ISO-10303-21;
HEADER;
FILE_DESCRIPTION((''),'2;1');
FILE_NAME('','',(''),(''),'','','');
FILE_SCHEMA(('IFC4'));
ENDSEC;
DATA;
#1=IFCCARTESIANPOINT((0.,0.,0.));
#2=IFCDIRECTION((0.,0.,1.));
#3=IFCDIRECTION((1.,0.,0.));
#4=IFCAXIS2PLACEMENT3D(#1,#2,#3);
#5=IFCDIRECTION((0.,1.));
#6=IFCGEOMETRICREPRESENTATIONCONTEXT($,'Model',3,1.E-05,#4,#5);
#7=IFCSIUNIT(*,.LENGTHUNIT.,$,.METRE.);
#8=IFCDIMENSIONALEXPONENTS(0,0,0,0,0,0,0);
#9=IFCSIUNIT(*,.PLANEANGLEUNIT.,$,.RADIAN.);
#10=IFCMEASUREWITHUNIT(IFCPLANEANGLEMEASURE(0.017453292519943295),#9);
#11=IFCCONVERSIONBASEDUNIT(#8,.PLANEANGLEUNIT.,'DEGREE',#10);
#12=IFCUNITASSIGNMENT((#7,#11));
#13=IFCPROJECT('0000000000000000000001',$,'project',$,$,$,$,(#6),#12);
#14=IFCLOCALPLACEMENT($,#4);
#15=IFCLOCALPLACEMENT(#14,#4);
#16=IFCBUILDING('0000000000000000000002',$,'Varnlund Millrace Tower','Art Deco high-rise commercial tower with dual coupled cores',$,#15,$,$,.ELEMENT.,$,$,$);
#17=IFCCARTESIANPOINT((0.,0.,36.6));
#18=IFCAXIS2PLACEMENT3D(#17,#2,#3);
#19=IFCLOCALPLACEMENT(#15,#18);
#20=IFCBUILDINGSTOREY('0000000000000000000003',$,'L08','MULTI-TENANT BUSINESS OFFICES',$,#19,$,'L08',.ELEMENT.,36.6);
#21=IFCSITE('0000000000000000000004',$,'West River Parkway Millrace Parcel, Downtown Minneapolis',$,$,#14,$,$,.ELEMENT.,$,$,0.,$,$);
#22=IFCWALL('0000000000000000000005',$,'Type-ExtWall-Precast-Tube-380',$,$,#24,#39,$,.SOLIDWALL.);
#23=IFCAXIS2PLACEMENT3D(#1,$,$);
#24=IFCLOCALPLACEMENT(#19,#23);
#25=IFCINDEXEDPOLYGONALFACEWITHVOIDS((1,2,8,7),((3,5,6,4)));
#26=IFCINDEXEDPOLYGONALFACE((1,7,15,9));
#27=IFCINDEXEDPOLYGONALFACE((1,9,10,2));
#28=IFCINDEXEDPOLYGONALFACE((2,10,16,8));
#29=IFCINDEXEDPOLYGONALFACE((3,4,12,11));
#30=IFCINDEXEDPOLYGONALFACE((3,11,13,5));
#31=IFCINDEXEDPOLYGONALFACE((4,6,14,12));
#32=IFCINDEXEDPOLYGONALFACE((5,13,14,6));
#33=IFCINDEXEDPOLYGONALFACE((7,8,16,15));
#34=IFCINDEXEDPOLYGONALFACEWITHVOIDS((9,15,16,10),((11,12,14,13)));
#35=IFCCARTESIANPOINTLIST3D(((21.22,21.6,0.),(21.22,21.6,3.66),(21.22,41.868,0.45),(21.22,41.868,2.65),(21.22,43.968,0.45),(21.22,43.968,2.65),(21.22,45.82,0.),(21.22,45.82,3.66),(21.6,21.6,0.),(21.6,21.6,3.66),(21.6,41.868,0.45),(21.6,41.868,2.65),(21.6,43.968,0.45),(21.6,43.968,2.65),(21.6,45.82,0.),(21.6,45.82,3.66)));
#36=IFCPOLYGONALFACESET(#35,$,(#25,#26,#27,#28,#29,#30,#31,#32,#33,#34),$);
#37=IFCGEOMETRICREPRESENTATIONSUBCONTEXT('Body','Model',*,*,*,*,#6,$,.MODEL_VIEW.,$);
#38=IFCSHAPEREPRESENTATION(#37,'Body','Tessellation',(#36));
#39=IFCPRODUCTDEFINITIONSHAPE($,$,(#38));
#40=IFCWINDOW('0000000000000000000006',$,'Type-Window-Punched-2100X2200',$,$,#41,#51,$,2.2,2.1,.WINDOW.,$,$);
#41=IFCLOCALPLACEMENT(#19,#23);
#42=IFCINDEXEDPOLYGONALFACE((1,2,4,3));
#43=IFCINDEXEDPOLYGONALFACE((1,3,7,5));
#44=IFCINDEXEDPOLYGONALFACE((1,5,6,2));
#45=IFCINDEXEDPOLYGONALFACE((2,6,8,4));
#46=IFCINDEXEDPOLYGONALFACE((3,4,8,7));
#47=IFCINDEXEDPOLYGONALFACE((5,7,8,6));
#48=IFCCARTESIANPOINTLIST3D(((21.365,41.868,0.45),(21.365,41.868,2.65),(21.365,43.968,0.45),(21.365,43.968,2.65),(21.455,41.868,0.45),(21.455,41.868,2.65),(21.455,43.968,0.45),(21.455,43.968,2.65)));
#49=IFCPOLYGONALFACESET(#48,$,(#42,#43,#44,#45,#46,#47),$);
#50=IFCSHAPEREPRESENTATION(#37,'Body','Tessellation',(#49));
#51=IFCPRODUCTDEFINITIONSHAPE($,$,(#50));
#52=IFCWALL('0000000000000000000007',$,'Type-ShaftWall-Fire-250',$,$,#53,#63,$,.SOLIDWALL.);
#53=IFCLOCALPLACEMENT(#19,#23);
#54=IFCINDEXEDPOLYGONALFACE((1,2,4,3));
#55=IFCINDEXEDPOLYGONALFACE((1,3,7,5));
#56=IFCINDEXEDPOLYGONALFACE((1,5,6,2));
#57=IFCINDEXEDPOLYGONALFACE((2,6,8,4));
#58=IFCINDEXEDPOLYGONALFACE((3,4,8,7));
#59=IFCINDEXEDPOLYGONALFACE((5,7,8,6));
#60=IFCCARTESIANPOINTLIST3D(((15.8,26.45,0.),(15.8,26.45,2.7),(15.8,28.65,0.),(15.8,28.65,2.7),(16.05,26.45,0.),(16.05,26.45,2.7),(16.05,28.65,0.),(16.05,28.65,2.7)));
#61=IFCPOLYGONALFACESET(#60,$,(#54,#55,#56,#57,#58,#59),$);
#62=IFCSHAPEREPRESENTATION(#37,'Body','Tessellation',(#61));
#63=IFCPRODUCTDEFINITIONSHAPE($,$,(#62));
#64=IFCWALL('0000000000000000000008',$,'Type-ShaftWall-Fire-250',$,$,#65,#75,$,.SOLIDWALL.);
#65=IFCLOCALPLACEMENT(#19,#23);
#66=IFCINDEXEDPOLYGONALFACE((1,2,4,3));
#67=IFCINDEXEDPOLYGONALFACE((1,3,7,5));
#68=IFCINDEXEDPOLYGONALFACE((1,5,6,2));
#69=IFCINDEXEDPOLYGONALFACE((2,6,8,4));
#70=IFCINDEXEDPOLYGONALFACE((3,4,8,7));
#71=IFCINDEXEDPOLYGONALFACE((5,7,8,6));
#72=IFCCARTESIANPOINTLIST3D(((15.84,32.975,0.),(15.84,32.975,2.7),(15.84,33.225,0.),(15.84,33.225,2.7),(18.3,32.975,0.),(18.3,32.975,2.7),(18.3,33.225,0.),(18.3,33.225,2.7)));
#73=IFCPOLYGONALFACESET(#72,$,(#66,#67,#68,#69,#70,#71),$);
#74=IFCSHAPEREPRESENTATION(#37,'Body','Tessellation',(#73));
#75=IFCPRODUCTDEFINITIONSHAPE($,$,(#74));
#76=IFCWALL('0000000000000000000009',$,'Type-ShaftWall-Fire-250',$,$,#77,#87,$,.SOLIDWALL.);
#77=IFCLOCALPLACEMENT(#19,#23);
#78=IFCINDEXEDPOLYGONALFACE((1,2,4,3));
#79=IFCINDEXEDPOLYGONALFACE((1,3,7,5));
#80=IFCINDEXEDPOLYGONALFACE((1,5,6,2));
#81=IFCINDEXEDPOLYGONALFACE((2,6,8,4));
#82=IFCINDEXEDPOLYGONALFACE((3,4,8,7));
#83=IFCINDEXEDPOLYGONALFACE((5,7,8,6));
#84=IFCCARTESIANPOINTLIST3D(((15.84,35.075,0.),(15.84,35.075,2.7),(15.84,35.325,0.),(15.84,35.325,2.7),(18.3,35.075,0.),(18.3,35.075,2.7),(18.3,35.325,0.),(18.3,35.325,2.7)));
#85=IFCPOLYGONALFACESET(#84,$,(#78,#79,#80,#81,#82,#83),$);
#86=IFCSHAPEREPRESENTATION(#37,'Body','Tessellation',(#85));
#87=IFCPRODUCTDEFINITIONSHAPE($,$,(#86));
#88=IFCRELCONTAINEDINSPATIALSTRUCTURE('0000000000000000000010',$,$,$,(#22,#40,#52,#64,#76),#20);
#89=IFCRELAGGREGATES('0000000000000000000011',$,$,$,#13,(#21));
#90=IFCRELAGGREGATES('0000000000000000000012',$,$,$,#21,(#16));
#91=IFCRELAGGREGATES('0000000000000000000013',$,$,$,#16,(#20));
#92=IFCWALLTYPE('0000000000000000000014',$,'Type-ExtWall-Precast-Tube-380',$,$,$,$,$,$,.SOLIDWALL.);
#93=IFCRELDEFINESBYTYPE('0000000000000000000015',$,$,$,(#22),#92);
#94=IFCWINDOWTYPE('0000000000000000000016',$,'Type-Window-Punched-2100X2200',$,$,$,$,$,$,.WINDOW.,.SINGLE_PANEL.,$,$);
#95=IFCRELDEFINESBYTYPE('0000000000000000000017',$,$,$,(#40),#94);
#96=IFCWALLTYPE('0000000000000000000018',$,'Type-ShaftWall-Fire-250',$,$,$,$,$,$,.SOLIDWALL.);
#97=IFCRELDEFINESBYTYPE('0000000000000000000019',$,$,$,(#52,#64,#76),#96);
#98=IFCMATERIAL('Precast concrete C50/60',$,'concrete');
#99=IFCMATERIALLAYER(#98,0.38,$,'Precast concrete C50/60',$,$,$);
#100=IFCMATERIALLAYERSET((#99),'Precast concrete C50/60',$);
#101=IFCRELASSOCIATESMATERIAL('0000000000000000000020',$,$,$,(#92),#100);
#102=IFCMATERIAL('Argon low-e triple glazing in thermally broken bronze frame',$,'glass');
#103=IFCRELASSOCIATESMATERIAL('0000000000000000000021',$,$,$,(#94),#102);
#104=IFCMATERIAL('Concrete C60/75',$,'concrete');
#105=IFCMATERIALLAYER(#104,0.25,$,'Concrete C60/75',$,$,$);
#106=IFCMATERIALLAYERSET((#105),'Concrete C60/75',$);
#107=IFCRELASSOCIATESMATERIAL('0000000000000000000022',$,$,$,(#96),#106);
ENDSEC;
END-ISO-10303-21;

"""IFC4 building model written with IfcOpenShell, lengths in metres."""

from ifc_helpers import new_model, entity, si_unit, converted_unit, direction, frame, origin_with_axes, origin_2d_with_axis, place, context, subcontext, project, spatial, polyline, rectangle, outline, extrude, material, layer, layer_set, type_object, element, fill, save


model = new_model("IFC4")

# Units and contexts
model_context = context("Model", 3, precision=1e-05, world=origin_with_axes(), true_north=direction((0.0, 1.0)))
body_context = subcontext(model_context, "Body", "Model", "MODEL_VIEW")
ifc_project = project(units=[si_unit("LENGTHUNIT", "METRE"), converted_unit("PLANEANGLEUNIT", "DEGREE", entity("IfcPlaneAngleMeasure", 0.017453292519943295), si_unit("PLANEANGLEUNIT", "RADIAN"), dimensions=[0, 0, 0, 0, 0, 0, 0])], contexts=[model_context])

# Site, building, storey
site_placement = place(None, origin_with_axes())
site = spatial("IfcSite", under=ifc_project, at=site_placement, Name="West River Parkway Millrace Parcel, Downtown Minneapolis", CompositionType="ELEMENT", RefElevation=0.0)
building_placement = place(site_placement, origin_with_axes())
building = spatial("IfcBuilding", under=site, at=building_placement, Name="Varnlund Millrace Tower", Description="Art Deco high-rise commercial tower with dual coupled cores", CompositionType="ELEMENT")
storey_placement = place(building_placement, frame((0.0, 0.0, 36.6), z_axis=(0.0, 0.0, 1.0), x_axis=(1.0, 0.0, 0.0)))
storey = spatial("IfcBuildingStorey", under=building, at=storey_placement, Name="L08", Description="MULTI-TENANT BUSINESS OFFICES", LongName="L08", CompositionType="ELEMENT", Elevation=36.6)

# Shared definitions
ifc_material_1 = material(Name="Precast concrete C50/60", Category="concrete")
ifc_layer_1 = layer(ifc_material_1, 0.38, Name="Precast concrete C50/60")
ifc_layer_set_1 = layer_set([ifc_layer_1], Name="Precast concrete C50/60")
wall_type_1 = type_object("IfcWallType", Name="Type-ExtWall-Precast-Tube-380", PredefinedType="SOLIDWALL", material=ifc_layer_set_1)

# Wall, opening, window
wall_1_placement = place(storey_placement, frame((21.41, 45.82, 0.0), z_axis=(0.0, 0.0, 1.0), x_axis=(0.0, -1.0, 0.0)))
wall_1 = element("IfcWall", 1, at=wall_1_placement, inside=storey, type_object=wall_type_1, Name="Type-ExtWall-Precast-Tube-380", PredefinedType="SOLIDWALL", context=body_context, shape_type="SweptSolid", body=[
    extrude(outline(polyline([(0.0, -0.19), (24.22, -0.19), (24.22, 0.19), (0.0, 0.19), (0.0, -0.19)])), origin_with_axes(), (0.0, 0.0, 1.0), 3.66),
])
opening_placement = place(wall_1_placement, frame((2.902, 0.0, 0.45), z_axis=(0.0, 0.0, 1.0), x_axis=(1.0, 0.0, 0.0)))
opening = element("IfcOpeningElement", 2, at=opening_placement, cuts=wall_1, PredefinedType="OPENING", context=body_context, shape_type="SweptSolid", body=[
    extrude(rectangle(XDim=2.1, YDim=0.4, at=origin_2d_with_axis()), origin_with_axes(), (0.0, 0.0, 1.0), 2.2),
])
ifc_material_2 = material(Name="Argon low-e triple glazing in thermally broken bronze frame", Category="glass")
window_type = type_object("IfcWindowType", Name="Type-Window-Punched-2100X2200", PartitioningType="SINGLE_PANEL", PredefinedType="WINDOW", material=ifc_material_2)
window_placement = place(wall_1_placement, frame((2.902, 0.0, 0.45), z_axis=(0.0, 0.0, 1.0), x_axis=(1.0, 0.0, 0.0)))
window = element("IfcWindow", 3, at=window_placement, inside=storey, type_object=window_type, Name="Type-Window-Punched-2100X2200", OverallHeight=2.2, OverallWidth=2.1, PredefinedType="WINDOW", context=body_context, shape_type="SweptSolid", body=[
    extrude(rectangle(XDim=2.1, YDim=0.09, at=origin_2d_with_axis()), origin_with_axes(), (0.0, 0.0, 1.0), 2.2),
])
fill(opening, window)

# Walls
ifc_material_3 = material(Name="Concrete C60/75", Category="concrete")
ifc_layer_2 = layer(ifc_material_3, 0.25, Name="Concrete C60/75")
ifc_layer_set_2 = layer_set([ifc_layer_2], Name="Concrete C60/75")
wall_type_2 = type_object("IfcWallType", Name="Type-ShaftWall-Fire-250", PredefinedType="SOLIDWALL", material=ifc_layer_set_2)
wall_2_placement = place(storey_placement, frame((15.925, 26.45, 0.0), z_axis=(0.0, 0.0, 1.0), x_axis=(0.0, 1.0, 0.0)))
element("IfcWall", 4, at=wall_2_placement, inside=storey, type_object=wall_type_2, Name="Type-ShaftWall-Fire-250", PredefinedType="SOLIDWALL", context=body_context, shape_type="SweptSolid", body=[
    extrude(outline(polyline([(0.0, -0.125), (2.2, -0.125), (2.2, 0.125), (0.0, 0.125), (0.0, -0.125)])), origin_with_axes(), (0.0, 0.0, 1.0), 2.7),
])
for number, where, z_axis, x_axis, name in (
    (5, (15.84, 33.1, 0.0), (0.0, 0.0, 1.0), (1.0, 0.0, 0.0), "Type-ShaftWall-Fire-250"),
    (6, (15.84, 35.2, 0.0), (0.0, 0.0, 1.0), (1.0, 0.0, 0.0), "Type-ShaftWall-Fire-250"),
):
    element("IfcWall", number, at=place(storey_placement, frame(where, z_axis=z_axis, x_axis=x_axis)), inside=storey, type_object=wall_type_2, Name=name, PredefinedType="SOLIDWALL", context=body_context, shape_type="SweptSolid", body=[
        extrude(outline(polyline([(0.0, -0.125), (2.46, -0.125), (2.46, 0.125), (0.0, 0.125), (0.0, -0.125)])), origin_with_axes(), (0.0, 0.0, 1.0), 2.7),
    ])

save(model, "model.ifc")
